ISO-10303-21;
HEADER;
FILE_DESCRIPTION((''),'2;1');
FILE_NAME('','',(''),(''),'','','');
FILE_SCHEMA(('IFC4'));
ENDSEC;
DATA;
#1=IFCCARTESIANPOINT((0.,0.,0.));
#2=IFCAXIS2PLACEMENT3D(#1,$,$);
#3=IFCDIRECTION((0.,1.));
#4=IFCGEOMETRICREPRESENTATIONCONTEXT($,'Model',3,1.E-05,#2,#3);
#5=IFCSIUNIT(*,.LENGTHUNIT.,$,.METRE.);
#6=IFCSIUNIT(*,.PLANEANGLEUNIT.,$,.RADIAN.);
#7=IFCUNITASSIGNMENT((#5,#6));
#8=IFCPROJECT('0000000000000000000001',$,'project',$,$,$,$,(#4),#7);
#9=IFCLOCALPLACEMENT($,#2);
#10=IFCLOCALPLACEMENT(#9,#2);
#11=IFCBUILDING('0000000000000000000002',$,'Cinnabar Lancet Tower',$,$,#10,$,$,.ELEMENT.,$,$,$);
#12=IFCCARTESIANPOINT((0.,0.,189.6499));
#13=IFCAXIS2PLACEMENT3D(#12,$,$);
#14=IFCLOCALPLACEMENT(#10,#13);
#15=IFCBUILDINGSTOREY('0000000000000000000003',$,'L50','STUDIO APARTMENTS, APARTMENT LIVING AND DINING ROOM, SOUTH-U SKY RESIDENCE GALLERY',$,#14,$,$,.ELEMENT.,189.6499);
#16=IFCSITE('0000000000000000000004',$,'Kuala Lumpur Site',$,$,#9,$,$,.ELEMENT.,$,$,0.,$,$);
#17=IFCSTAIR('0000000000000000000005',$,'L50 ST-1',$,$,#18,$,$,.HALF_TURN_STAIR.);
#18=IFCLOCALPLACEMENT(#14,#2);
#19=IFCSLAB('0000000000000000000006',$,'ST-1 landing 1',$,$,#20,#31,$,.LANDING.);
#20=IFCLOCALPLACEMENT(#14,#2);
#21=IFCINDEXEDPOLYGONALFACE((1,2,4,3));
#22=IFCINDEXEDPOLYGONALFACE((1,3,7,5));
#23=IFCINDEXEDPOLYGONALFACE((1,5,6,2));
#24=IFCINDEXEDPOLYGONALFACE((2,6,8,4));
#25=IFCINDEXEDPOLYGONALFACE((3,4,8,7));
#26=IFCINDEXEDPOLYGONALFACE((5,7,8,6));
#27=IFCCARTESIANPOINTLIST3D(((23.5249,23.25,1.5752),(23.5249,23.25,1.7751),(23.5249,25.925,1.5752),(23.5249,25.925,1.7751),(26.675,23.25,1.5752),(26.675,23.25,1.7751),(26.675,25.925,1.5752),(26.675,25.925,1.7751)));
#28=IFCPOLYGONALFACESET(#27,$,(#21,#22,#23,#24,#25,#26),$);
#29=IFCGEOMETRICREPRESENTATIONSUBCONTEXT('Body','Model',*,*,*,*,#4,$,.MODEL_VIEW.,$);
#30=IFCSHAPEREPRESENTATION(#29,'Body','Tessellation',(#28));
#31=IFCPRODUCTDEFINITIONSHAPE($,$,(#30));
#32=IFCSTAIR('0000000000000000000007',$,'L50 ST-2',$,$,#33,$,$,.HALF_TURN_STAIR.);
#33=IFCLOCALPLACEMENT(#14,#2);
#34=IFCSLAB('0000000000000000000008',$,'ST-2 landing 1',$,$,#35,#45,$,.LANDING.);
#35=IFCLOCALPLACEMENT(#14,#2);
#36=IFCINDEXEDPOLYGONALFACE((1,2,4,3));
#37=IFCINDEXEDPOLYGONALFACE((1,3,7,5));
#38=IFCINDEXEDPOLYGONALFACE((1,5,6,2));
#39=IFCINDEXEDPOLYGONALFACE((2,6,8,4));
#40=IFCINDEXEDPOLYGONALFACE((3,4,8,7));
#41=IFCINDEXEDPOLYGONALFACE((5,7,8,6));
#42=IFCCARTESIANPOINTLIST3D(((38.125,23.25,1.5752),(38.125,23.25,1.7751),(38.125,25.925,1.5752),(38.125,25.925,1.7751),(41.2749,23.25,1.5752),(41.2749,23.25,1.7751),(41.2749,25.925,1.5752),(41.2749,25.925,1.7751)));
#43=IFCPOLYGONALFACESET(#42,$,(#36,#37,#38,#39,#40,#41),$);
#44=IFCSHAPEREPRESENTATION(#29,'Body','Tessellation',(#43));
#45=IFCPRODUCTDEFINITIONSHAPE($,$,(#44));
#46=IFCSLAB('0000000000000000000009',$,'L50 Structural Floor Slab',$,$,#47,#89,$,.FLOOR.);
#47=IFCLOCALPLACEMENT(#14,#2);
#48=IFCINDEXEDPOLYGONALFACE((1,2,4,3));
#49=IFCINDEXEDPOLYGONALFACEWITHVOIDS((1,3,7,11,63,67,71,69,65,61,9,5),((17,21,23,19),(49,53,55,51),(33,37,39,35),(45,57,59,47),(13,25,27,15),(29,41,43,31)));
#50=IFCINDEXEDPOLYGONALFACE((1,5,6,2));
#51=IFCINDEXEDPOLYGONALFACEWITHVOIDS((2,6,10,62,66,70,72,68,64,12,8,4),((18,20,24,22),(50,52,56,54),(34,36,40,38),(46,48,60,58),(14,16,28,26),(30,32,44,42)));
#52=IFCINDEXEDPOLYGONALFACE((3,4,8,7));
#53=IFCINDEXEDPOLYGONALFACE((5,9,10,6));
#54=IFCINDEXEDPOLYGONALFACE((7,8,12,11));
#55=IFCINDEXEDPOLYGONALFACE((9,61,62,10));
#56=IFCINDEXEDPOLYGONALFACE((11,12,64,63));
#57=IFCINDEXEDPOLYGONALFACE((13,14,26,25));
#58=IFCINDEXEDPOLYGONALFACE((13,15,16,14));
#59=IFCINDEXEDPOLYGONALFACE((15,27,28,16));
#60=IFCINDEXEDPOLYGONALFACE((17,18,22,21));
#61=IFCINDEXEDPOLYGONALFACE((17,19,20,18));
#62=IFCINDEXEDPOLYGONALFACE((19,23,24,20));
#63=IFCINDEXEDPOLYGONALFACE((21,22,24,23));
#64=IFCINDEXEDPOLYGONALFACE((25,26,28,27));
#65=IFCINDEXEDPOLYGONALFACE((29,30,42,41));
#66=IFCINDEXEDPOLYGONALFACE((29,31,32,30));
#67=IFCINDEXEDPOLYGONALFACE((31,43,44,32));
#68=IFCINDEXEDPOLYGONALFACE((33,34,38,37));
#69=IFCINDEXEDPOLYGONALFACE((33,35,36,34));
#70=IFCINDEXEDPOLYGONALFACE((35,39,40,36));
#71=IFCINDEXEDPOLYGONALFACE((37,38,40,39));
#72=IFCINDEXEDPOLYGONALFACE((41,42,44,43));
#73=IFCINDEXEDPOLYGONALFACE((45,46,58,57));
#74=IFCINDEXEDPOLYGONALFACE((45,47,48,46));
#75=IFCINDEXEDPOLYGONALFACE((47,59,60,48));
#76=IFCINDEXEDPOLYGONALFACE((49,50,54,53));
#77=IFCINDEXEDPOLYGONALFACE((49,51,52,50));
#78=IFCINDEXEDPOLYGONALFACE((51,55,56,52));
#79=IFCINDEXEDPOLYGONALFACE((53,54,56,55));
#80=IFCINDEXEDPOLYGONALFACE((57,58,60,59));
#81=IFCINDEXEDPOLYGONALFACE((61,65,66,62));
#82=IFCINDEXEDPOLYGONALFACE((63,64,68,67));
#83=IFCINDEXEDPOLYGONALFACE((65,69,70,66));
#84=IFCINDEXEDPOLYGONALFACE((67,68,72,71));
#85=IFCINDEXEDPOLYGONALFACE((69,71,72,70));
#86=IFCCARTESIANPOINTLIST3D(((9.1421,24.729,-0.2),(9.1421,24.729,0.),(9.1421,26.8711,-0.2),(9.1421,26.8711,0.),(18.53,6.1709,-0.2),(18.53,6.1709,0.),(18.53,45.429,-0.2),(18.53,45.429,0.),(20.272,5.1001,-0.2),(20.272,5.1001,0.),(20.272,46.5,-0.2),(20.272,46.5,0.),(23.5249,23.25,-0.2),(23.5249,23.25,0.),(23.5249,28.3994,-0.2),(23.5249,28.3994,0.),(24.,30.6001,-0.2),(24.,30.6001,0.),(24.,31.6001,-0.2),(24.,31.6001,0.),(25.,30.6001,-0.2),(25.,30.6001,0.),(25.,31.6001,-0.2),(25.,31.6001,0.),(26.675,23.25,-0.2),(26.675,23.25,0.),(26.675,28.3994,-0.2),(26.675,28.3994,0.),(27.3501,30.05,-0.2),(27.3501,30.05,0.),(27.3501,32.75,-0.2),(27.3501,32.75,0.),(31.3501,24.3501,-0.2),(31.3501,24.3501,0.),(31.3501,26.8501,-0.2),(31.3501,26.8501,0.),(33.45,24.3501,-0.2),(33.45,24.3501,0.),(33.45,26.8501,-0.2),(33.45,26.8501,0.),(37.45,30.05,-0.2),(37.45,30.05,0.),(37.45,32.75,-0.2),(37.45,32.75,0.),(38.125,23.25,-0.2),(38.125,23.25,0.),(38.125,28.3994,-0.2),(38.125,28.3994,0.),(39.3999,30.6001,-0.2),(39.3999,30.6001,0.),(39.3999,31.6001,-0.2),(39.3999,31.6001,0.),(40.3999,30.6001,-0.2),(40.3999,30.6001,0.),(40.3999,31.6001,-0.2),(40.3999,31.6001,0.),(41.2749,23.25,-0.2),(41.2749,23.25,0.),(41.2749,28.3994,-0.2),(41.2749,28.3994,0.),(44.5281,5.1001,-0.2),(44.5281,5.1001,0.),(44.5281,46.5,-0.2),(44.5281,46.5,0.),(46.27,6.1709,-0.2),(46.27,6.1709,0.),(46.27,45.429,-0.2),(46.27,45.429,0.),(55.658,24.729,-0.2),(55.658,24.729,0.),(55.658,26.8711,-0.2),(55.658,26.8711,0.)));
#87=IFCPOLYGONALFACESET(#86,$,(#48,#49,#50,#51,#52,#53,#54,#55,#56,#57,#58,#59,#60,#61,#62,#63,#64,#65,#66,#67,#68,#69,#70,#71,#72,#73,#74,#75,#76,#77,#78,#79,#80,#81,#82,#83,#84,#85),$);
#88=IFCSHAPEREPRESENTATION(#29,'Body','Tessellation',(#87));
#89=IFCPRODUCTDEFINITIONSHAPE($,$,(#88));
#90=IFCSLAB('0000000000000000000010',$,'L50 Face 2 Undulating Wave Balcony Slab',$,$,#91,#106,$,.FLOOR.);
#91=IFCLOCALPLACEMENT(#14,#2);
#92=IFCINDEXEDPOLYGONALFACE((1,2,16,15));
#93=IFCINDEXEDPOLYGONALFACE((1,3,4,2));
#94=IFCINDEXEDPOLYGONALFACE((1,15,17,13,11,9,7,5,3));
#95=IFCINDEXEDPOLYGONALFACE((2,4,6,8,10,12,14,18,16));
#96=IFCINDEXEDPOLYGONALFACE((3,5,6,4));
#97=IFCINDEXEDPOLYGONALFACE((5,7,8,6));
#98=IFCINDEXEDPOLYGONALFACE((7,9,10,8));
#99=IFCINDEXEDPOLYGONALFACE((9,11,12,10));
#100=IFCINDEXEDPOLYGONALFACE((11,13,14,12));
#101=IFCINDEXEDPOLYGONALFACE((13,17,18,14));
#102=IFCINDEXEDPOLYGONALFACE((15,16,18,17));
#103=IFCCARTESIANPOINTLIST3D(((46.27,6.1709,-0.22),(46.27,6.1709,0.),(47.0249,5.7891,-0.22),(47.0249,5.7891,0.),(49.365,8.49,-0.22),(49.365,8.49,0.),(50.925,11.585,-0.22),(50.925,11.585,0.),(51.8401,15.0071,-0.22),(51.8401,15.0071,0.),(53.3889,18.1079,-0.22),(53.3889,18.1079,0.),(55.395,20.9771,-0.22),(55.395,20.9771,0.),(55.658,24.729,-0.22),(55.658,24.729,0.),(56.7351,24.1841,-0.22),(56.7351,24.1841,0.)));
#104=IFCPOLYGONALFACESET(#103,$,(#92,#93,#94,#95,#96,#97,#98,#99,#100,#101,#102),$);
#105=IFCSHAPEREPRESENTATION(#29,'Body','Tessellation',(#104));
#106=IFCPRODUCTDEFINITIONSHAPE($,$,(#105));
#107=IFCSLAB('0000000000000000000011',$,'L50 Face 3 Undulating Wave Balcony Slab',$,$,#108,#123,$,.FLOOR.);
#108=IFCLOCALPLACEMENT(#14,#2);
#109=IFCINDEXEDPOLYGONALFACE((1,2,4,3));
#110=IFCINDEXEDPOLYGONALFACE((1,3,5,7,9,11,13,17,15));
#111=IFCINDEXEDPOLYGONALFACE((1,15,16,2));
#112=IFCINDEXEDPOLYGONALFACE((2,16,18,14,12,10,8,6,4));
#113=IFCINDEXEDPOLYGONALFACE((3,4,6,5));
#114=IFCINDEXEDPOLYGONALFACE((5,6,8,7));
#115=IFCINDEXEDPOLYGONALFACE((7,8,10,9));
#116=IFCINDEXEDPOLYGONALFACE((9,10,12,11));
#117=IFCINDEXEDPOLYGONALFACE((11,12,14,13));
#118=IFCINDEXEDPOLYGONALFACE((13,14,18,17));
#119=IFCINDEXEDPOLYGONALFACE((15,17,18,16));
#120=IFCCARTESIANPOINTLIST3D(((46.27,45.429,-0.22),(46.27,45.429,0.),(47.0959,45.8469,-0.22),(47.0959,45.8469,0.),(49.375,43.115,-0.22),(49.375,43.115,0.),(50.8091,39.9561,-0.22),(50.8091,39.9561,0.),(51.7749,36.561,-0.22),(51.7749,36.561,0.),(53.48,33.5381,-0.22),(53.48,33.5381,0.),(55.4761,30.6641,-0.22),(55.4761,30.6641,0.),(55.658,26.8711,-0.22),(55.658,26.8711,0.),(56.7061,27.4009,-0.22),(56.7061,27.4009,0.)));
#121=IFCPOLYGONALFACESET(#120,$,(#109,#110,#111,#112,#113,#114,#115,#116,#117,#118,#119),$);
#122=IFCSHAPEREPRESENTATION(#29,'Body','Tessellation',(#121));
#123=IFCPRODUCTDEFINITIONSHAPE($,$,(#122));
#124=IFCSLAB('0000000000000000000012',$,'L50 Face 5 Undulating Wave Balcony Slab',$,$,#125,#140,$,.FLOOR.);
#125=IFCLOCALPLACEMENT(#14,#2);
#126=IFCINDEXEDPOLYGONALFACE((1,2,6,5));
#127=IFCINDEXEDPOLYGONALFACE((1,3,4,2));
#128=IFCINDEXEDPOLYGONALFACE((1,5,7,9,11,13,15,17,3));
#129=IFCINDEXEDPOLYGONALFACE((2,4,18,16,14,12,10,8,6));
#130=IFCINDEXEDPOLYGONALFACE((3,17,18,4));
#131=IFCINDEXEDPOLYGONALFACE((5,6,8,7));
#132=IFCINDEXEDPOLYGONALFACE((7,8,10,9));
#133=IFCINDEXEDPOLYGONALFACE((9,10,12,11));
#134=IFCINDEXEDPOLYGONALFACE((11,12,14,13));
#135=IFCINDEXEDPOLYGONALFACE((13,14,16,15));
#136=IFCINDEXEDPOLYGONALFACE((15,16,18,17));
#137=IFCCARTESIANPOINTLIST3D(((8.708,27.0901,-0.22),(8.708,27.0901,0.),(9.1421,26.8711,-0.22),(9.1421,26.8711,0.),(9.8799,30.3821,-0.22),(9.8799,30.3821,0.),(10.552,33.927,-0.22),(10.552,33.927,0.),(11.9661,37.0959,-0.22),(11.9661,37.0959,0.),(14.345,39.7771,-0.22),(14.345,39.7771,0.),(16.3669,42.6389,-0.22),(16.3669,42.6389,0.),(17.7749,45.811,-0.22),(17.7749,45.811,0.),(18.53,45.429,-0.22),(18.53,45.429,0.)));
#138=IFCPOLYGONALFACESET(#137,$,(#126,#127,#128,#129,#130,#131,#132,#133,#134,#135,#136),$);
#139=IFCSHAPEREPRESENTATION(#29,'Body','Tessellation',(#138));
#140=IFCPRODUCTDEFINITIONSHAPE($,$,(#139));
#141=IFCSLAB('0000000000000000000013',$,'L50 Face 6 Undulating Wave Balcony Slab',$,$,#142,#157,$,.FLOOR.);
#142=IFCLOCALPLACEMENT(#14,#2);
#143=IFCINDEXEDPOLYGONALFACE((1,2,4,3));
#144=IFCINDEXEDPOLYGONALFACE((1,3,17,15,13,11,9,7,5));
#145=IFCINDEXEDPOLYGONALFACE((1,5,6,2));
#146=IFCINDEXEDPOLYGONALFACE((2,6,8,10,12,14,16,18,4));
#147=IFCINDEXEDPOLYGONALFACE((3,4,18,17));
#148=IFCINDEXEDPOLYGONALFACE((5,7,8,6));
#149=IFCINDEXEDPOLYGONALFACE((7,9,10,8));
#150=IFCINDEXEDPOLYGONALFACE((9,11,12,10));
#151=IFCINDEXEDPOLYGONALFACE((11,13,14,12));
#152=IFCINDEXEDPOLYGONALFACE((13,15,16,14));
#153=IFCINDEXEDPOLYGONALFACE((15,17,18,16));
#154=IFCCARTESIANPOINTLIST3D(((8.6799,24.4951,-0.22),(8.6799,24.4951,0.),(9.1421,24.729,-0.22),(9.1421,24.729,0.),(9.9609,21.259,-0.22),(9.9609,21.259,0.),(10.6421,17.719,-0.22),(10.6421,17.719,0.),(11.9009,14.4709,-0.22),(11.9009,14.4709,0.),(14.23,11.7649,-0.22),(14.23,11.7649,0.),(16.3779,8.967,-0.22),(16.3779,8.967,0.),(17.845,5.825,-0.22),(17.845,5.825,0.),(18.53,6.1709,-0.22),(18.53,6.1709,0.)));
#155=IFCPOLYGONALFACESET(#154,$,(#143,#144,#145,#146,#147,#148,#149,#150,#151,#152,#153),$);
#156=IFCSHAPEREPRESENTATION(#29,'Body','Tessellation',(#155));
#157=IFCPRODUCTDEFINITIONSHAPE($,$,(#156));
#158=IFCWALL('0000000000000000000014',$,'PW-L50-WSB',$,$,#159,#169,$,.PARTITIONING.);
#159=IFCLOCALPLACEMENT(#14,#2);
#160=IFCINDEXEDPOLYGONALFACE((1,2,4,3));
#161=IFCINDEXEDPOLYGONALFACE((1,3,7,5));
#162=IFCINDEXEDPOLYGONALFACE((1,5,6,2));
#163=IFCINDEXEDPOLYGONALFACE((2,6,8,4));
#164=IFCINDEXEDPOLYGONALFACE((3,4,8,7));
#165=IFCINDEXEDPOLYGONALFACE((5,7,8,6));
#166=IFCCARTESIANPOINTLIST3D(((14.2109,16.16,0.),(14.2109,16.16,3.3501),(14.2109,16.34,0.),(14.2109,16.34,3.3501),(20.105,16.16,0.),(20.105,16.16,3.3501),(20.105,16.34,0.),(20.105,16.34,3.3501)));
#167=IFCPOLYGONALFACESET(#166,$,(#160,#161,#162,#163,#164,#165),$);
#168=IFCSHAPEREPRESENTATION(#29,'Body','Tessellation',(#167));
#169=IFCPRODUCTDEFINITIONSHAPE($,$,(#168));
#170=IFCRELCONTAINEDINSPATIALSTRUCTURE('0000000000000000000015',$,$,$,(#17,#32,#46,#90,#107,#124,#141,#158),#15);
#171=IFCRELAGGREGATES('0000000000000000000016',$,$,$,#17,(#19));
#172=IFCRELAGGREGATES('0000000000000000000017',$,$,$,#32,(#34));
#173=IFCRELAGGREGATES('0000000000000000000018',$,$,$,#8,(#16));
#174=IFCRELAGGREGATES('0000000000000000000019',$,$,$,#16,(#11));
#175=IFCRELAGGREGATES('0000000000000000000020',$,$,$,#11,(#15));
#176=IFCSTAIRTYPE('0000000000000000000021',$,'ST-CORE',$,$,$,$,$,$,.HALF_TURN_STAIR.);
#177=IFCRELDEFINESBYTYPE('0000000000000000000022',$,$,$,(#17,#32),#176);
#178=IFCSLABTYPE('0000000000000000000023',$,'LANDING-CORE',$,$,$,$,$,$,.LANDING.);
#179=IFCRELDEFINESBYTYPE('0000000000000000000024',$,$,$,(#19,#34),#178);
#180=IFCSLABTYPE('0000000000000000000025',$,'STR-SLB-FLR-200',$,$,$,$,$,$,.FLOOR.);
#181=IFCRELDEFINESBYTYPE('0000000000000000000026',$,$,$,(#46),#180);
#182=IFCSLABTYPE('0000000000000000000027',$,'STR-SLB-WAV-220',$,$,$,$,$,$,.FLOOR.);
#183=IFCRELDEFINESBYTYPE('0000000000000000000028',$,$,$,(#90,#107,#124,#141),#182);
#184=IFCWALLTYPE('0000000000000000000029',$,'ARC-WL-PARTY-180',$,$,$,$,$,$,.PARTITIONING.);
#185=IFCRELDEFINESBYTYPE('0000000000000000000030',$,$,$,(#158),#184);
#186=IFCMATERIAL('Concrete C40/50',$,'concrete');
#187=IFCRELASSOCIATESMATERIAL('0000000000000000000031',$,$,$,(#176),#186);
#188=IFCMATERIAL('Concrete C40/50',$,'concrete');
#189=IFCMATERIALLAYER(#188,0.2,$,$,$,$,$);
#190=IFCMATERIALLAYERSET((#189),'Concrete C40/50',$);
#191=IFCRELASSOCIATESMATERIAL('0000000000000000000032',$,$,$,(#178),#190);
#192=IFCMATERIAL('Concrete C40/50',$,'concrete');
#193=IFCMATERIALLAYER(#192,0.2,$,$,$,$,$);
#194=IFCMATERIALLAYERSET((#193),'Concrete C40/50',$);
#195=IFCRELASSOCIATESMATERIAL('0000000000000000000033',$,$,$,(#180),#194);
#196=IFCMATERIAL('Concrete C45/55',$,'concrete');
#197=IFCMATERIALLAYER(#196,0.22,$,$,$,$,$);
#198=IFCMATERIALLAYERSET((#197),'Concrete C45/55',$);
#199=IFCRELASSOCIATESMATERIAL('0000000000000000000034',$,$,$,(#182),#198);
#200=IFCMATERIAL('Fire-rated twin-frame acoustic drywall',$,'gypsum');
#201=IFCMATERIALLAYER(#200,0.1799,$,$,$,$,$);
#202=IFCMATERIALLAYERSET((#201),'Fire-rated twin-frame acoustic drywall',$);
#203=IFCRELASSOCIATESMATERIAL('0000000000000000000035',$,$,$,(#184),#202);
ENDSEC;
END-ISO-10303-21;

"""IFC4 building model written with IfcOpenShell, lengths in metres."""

from ifc_helpers import new_model, si_unit, direction, frame, frame_2d, origin, place, context, subcontext, project, spatial, polyline, rectangle, outline, extrude, material, layer, layer_set, type_object, element, aggregate, save


model = new_model("IFC4")

# Units and contexts
model_context = context("Model", 3, precision=1e-05, world=origin(), true_north=direction((0.0, 1.0)))
body_context = subcontext(model_context, "Body", "Model", "MODEL_VIEW")
ifc_project = project(units=[si_unit("LENGTHUNIT", "METRE"), si_unit("PLANEANGLEUNIT", "RADIAN")], contexts=[model_context])

# Site, building, storey
site_placement = place(None, origin())
site = spatial("IfcSite", under=ifc_project, at=site_placement, Name="Kuala Lumpur Site", CompositionType="ELEMENT", RefElevation=0.0)
building_placement = place(site_placement, origin())
building = spatial("IfcBuilding", under=site, at=building_placement, Name="Cinnabar Lancet Tower", CompositionType="ELEMENT")
storey_placement = place(building_placement, frame((0.0, 0.0, 189.6499)))
storey = spatial("IfcBuildingStorey", under=building, at=storey_placement, Name="L50", Description="STUDIO APARTMENTS, APARTMENT LIVING AND DINING ROOM, SOUTH-U SKY RESIDENCE GALLERY", CompositionType="ELEMENT", Elevation=189.6499)

# Stairs, slabs
ifc_material_1 = material(Name="Concrete C40/50", Category="concrete")
stair_type = type_object("IfcStairType", Name="ST-CORE", PredefinedType="HALF_TURN_STAIR", material=ifc_material_1)
stair_1_placement = place(storey_placement, origin())
stair_1 = element("IfcStair", 1, at=stair_1_placement, inside=storey, type_object=stair_type, Name="L50 ST-1", PredefinedType="HALF_TURN_STAIR")
ifc_material_2 = material(Name="Concrete C40/50", Category="concrete")
ifc_layer_1 = layer(ifc_material_2, 0.2)
ifc_layer_set_1 = layer_set([ifc_layer_1], Name="Concrete C40/50")
slab_type_1 = type_object("IfcSlabType", Name="LANDING-CORE", PredefinedType="LANDING", material=ifc_layer_set_1)
slab_1_placement = place(storey_placement, frame((0.0, 0.0, 1.5752)))
slab_1 = element("IfcSlab", 2, at=slab_1_placement, type_object=slab_type_1, Name="ST-1 landing 1", PredefinedType="LANDING", context=body_context, shape_type="SweptSolid", body=[
    extrude(outline(polyline([(23.5249, 25.925), (23.5249, 23.25), (26.675, 23.25), (26.675, 25.925), (23.5249, 25.925)])), origin(), (0.0, 0.0, 1.0), 0.2),
])
aggregate(stair_1, [slab_1])
stair_2_placement = place(storey_placement, origin())
stair_2 = element("IfcStair", 3, at=stair_2_placement, inside=storey, type_object=stair_type, Name="L50 ST-2", PredefinedType="HALF_TURN_STAIR")
slab_2_placement = place(storey_placement, frame((0.0, 0.0, 1.5752)))
slab_2 = element("IfcSlab", 4, at=slab_2_placement, type_object=slab_type_1, Name="ST-2 landing 1", PredefinedType="LANDING", context=body_context, shape_type="SweptSolid", body=[
    extrude(outline(polyline([(38.125, 25.925), (38.125, 23.25), (41.2749, 23.25), (41.2749, 25.925), (38.125, 25.925)])), origin(), (0.0, 0.0, 1.0), 0.2),
])
aggregate(stair_2, [slab_2])

# Slabs
ifc_material_3 = material(Name="Concrete C40/50", Category="concrete")
ifc_layer_2 = layer(ifc_material_3, 0.2)
ifc_layer_set_2 = layer_set([ifc_layer_2], Name="Concrete C40/50")
slab_type_2 = type_object("IfcSlabType", Name="STR-SLB-FLR-200", PredefinedType="FLOOR", material=ifc_layer_set_2)
slab_3_placement = place(storey_placement, frame((0.0, 0.0, -0.2)))
element("IfcSlab", 5, at=slab_3_placement, inside=storey, type_object=slab_type_2, Name="L50 Structural Floor Slab", PredefinedType="FLOOR", context=body_context, shape_type="SweptSolid", body=[
    extrude(outline(polyline([(18.53, 6.1709), (20.272, 5.1001), (44.5281, 5.1001), (46.27, 6.1709), (55.658, 24.729), (55.658, 26.8711), (46.27, 45.429), (44.5281, 46.5), (20.272, 46.5), (18.53, 45.429), (9.1421, 26.8711), (9.1421, 24.729), (18.53, 6.1709)]), holes=[polyline([(23.5249, 23.25), (26.675, 23.25), (26.675, 28.3994), (23.5249, 28.3994), (23.5249, 23.25)]), polyline([(38.125, 23.25), (41.2749, 23.25), (41.2749, 28.3994), (38.125, 28.3994), (38.125, 23.25)]), polyline([(27.3501, 30.05), (37.45, 30.05), (37.45, 32.75), (27.3501, 32.75), (27.3501, 30.05)]), polyline([(31.3501, 24.3501), (33.45, 24.3501), (33.45, 26.8501), (31.3501, 26.8501), (31.3501, 24.3501)]), polyline([(24.0, 30.6001), (25.0, 30.6001), (25.0, 31.6001), (24.0, 31.6001), (24.0, 30.6001)]), polyline([(39.3999, 30.6001), (40.3999, 30.6001), (40.3999, 31.6001), (39.3999, 31.6001), (39.3999, 30.6001)])]), origin(), (0.0, 0.0, 1.0), 0.2),
])
ifc_material_4 = material(Name="Concrete C45/55", Category="concrete")
ifc_layer_3 = layer(ifc_material_4, 0.22)
ifc_layer_set_3 = layer_set([ifc_layer_3], Name="Concrete C45/55")
slab_type_3 = type_object("IfcSlabType", Name="STR-SLB-WAV-220", PredefinedType="FLOOR", material=ifc_layer_set_3)
slab_4_placement = place(storey_placement, frame((0.0, 0.0, -0.22)))
element("IfcSlab", 6, at=slab_4_placement, inside=storey, type_object=slab_type_3, Name="L50 Face 2 Undulating Wave Balcony Slab", PredefinedType="FLOOR", context=body_context, shape_type="SweptSolid", body=[
    extrude(outline(polyline([(46.27, 6.1709), (47.0249, 5.7891), (49.365, 8.49), (50.925, 11.585), (51.8401, 15.0071), (53.3889, 18.1079), (55.395, 20.9771), (56.7351, 24.1841), (55.658, 24.729), (46.27, 6.1709)])), origin(), (0.0, 0.0, 1.0), 0.22),
])
slab_5_placement = place(storey_placement, frame((0.0, 0.0, -0.22)))
element("IfcSlab", 7, at=slab_5_placement, inside=storey, type_object=slab_type_3, Name="L50 Face 3 Undulating Wave Balcony Slab", PredefinedType="FLOOR", context=body_context, shape_type="SweptSolid", body=[
    extrude(outline(polyline([(55.658, 26.8711), (56.7061, 27.4009), (55.4761, 30.6641), (53.48, 33.5381), (51.7749, 36.561), (50.8091, 39.9561), (49.375, 43.115), (47.0959, 45.8469), (46.27, 45.429), (55.658, 26.8711)])), origin(), (0.0, 0.0, 1.0), 0.22),
])
slab_6_placement = place(storey_placement, frame((0.0, 0.0, -0.22)))
element("IfcSlab", 8, at=slab_6_placement, inside=storey, type_object=slab_type_3, Name="L50 Face 5 Undulating Wave Balcony Slab", PredefinedType="FLOOR", context=body_context, shape_type="SweptSolid", body=[
    extrude(outline(polyline([(18.53, 45.429), (17.7749, 45.811), (16.3669, 42.6389), (14.345, 39.7771), (11.9661, 37.0959), (10.552, 33.927), (9.8799, 30.3821), (8.708, 27.0901), (9.1421, 26.8711), (18.53, 45.429)])), origin(), (0.0, 0.0, 1.0), 0.22),
])
slab_7_placement = place(storey_placement, frame((0.0, 0.0, -0.22)))
element("IfcSlab", 9, at=slab_7_placement, inside=storey, type_object=slab_type_3, Name="L50 Face 6 Undulating Wave Balcony Slab", PredefinedType="FLOOR", context=body_context, shape_type="SweptSolid", body=[
    extrude(outline(polyline([(9.1421, 24.729), (8.6799, 24.4951), (9.9609, 21.259), (10.6421, 17.719), (11.9009, 14.4709), (14.23, 11.7649), (16.3779, 8.967), (17.845, 5.825), (18.53, 6.1709), (9.1421, 24.729)])), origin(), (0.0, 0.0, 1.0), 0.22),
])

# Wall
ifc_material_5 = material(Name="Fire-rated twin-frame acoustic drywall", Category="gypsum")
ifc_layer_4 = layer(ifc_material_5, 0.1799)
ifc_layer_set_4 = layer_set([ifc_layer_4], Name="Fire-rated twin-frame acoustic drywall")
wall_type_1 = type_object("IfcWallType", Name="ARC-WL-PARTY-180", PredefinedType="PARTITIONING", material=ifc_layer_set_4)
wall_1_placement = place(storey_placement, frame((14.2109, 16.25, 0.0), z_axis=(0.0, 0.0, 1.0), x_axis=(1.0, 0.0, 0.0)))
element("IfcWall", 10, at=wall_1_placement, inside=storey, type_object=wall_type_1, Name="PW-L50-WSB", PredefinedType="PARTITIONING", context=body_context, shape_type="SweptSolid", body=[
    extrude(rectangle(XDim=5.894, YDim=0.1799, at=frame_2d((2.947, 0.0))), origin(), (0.0, 0.0, 1.0), 3.3501),
])

save(model, "model.ifc")
